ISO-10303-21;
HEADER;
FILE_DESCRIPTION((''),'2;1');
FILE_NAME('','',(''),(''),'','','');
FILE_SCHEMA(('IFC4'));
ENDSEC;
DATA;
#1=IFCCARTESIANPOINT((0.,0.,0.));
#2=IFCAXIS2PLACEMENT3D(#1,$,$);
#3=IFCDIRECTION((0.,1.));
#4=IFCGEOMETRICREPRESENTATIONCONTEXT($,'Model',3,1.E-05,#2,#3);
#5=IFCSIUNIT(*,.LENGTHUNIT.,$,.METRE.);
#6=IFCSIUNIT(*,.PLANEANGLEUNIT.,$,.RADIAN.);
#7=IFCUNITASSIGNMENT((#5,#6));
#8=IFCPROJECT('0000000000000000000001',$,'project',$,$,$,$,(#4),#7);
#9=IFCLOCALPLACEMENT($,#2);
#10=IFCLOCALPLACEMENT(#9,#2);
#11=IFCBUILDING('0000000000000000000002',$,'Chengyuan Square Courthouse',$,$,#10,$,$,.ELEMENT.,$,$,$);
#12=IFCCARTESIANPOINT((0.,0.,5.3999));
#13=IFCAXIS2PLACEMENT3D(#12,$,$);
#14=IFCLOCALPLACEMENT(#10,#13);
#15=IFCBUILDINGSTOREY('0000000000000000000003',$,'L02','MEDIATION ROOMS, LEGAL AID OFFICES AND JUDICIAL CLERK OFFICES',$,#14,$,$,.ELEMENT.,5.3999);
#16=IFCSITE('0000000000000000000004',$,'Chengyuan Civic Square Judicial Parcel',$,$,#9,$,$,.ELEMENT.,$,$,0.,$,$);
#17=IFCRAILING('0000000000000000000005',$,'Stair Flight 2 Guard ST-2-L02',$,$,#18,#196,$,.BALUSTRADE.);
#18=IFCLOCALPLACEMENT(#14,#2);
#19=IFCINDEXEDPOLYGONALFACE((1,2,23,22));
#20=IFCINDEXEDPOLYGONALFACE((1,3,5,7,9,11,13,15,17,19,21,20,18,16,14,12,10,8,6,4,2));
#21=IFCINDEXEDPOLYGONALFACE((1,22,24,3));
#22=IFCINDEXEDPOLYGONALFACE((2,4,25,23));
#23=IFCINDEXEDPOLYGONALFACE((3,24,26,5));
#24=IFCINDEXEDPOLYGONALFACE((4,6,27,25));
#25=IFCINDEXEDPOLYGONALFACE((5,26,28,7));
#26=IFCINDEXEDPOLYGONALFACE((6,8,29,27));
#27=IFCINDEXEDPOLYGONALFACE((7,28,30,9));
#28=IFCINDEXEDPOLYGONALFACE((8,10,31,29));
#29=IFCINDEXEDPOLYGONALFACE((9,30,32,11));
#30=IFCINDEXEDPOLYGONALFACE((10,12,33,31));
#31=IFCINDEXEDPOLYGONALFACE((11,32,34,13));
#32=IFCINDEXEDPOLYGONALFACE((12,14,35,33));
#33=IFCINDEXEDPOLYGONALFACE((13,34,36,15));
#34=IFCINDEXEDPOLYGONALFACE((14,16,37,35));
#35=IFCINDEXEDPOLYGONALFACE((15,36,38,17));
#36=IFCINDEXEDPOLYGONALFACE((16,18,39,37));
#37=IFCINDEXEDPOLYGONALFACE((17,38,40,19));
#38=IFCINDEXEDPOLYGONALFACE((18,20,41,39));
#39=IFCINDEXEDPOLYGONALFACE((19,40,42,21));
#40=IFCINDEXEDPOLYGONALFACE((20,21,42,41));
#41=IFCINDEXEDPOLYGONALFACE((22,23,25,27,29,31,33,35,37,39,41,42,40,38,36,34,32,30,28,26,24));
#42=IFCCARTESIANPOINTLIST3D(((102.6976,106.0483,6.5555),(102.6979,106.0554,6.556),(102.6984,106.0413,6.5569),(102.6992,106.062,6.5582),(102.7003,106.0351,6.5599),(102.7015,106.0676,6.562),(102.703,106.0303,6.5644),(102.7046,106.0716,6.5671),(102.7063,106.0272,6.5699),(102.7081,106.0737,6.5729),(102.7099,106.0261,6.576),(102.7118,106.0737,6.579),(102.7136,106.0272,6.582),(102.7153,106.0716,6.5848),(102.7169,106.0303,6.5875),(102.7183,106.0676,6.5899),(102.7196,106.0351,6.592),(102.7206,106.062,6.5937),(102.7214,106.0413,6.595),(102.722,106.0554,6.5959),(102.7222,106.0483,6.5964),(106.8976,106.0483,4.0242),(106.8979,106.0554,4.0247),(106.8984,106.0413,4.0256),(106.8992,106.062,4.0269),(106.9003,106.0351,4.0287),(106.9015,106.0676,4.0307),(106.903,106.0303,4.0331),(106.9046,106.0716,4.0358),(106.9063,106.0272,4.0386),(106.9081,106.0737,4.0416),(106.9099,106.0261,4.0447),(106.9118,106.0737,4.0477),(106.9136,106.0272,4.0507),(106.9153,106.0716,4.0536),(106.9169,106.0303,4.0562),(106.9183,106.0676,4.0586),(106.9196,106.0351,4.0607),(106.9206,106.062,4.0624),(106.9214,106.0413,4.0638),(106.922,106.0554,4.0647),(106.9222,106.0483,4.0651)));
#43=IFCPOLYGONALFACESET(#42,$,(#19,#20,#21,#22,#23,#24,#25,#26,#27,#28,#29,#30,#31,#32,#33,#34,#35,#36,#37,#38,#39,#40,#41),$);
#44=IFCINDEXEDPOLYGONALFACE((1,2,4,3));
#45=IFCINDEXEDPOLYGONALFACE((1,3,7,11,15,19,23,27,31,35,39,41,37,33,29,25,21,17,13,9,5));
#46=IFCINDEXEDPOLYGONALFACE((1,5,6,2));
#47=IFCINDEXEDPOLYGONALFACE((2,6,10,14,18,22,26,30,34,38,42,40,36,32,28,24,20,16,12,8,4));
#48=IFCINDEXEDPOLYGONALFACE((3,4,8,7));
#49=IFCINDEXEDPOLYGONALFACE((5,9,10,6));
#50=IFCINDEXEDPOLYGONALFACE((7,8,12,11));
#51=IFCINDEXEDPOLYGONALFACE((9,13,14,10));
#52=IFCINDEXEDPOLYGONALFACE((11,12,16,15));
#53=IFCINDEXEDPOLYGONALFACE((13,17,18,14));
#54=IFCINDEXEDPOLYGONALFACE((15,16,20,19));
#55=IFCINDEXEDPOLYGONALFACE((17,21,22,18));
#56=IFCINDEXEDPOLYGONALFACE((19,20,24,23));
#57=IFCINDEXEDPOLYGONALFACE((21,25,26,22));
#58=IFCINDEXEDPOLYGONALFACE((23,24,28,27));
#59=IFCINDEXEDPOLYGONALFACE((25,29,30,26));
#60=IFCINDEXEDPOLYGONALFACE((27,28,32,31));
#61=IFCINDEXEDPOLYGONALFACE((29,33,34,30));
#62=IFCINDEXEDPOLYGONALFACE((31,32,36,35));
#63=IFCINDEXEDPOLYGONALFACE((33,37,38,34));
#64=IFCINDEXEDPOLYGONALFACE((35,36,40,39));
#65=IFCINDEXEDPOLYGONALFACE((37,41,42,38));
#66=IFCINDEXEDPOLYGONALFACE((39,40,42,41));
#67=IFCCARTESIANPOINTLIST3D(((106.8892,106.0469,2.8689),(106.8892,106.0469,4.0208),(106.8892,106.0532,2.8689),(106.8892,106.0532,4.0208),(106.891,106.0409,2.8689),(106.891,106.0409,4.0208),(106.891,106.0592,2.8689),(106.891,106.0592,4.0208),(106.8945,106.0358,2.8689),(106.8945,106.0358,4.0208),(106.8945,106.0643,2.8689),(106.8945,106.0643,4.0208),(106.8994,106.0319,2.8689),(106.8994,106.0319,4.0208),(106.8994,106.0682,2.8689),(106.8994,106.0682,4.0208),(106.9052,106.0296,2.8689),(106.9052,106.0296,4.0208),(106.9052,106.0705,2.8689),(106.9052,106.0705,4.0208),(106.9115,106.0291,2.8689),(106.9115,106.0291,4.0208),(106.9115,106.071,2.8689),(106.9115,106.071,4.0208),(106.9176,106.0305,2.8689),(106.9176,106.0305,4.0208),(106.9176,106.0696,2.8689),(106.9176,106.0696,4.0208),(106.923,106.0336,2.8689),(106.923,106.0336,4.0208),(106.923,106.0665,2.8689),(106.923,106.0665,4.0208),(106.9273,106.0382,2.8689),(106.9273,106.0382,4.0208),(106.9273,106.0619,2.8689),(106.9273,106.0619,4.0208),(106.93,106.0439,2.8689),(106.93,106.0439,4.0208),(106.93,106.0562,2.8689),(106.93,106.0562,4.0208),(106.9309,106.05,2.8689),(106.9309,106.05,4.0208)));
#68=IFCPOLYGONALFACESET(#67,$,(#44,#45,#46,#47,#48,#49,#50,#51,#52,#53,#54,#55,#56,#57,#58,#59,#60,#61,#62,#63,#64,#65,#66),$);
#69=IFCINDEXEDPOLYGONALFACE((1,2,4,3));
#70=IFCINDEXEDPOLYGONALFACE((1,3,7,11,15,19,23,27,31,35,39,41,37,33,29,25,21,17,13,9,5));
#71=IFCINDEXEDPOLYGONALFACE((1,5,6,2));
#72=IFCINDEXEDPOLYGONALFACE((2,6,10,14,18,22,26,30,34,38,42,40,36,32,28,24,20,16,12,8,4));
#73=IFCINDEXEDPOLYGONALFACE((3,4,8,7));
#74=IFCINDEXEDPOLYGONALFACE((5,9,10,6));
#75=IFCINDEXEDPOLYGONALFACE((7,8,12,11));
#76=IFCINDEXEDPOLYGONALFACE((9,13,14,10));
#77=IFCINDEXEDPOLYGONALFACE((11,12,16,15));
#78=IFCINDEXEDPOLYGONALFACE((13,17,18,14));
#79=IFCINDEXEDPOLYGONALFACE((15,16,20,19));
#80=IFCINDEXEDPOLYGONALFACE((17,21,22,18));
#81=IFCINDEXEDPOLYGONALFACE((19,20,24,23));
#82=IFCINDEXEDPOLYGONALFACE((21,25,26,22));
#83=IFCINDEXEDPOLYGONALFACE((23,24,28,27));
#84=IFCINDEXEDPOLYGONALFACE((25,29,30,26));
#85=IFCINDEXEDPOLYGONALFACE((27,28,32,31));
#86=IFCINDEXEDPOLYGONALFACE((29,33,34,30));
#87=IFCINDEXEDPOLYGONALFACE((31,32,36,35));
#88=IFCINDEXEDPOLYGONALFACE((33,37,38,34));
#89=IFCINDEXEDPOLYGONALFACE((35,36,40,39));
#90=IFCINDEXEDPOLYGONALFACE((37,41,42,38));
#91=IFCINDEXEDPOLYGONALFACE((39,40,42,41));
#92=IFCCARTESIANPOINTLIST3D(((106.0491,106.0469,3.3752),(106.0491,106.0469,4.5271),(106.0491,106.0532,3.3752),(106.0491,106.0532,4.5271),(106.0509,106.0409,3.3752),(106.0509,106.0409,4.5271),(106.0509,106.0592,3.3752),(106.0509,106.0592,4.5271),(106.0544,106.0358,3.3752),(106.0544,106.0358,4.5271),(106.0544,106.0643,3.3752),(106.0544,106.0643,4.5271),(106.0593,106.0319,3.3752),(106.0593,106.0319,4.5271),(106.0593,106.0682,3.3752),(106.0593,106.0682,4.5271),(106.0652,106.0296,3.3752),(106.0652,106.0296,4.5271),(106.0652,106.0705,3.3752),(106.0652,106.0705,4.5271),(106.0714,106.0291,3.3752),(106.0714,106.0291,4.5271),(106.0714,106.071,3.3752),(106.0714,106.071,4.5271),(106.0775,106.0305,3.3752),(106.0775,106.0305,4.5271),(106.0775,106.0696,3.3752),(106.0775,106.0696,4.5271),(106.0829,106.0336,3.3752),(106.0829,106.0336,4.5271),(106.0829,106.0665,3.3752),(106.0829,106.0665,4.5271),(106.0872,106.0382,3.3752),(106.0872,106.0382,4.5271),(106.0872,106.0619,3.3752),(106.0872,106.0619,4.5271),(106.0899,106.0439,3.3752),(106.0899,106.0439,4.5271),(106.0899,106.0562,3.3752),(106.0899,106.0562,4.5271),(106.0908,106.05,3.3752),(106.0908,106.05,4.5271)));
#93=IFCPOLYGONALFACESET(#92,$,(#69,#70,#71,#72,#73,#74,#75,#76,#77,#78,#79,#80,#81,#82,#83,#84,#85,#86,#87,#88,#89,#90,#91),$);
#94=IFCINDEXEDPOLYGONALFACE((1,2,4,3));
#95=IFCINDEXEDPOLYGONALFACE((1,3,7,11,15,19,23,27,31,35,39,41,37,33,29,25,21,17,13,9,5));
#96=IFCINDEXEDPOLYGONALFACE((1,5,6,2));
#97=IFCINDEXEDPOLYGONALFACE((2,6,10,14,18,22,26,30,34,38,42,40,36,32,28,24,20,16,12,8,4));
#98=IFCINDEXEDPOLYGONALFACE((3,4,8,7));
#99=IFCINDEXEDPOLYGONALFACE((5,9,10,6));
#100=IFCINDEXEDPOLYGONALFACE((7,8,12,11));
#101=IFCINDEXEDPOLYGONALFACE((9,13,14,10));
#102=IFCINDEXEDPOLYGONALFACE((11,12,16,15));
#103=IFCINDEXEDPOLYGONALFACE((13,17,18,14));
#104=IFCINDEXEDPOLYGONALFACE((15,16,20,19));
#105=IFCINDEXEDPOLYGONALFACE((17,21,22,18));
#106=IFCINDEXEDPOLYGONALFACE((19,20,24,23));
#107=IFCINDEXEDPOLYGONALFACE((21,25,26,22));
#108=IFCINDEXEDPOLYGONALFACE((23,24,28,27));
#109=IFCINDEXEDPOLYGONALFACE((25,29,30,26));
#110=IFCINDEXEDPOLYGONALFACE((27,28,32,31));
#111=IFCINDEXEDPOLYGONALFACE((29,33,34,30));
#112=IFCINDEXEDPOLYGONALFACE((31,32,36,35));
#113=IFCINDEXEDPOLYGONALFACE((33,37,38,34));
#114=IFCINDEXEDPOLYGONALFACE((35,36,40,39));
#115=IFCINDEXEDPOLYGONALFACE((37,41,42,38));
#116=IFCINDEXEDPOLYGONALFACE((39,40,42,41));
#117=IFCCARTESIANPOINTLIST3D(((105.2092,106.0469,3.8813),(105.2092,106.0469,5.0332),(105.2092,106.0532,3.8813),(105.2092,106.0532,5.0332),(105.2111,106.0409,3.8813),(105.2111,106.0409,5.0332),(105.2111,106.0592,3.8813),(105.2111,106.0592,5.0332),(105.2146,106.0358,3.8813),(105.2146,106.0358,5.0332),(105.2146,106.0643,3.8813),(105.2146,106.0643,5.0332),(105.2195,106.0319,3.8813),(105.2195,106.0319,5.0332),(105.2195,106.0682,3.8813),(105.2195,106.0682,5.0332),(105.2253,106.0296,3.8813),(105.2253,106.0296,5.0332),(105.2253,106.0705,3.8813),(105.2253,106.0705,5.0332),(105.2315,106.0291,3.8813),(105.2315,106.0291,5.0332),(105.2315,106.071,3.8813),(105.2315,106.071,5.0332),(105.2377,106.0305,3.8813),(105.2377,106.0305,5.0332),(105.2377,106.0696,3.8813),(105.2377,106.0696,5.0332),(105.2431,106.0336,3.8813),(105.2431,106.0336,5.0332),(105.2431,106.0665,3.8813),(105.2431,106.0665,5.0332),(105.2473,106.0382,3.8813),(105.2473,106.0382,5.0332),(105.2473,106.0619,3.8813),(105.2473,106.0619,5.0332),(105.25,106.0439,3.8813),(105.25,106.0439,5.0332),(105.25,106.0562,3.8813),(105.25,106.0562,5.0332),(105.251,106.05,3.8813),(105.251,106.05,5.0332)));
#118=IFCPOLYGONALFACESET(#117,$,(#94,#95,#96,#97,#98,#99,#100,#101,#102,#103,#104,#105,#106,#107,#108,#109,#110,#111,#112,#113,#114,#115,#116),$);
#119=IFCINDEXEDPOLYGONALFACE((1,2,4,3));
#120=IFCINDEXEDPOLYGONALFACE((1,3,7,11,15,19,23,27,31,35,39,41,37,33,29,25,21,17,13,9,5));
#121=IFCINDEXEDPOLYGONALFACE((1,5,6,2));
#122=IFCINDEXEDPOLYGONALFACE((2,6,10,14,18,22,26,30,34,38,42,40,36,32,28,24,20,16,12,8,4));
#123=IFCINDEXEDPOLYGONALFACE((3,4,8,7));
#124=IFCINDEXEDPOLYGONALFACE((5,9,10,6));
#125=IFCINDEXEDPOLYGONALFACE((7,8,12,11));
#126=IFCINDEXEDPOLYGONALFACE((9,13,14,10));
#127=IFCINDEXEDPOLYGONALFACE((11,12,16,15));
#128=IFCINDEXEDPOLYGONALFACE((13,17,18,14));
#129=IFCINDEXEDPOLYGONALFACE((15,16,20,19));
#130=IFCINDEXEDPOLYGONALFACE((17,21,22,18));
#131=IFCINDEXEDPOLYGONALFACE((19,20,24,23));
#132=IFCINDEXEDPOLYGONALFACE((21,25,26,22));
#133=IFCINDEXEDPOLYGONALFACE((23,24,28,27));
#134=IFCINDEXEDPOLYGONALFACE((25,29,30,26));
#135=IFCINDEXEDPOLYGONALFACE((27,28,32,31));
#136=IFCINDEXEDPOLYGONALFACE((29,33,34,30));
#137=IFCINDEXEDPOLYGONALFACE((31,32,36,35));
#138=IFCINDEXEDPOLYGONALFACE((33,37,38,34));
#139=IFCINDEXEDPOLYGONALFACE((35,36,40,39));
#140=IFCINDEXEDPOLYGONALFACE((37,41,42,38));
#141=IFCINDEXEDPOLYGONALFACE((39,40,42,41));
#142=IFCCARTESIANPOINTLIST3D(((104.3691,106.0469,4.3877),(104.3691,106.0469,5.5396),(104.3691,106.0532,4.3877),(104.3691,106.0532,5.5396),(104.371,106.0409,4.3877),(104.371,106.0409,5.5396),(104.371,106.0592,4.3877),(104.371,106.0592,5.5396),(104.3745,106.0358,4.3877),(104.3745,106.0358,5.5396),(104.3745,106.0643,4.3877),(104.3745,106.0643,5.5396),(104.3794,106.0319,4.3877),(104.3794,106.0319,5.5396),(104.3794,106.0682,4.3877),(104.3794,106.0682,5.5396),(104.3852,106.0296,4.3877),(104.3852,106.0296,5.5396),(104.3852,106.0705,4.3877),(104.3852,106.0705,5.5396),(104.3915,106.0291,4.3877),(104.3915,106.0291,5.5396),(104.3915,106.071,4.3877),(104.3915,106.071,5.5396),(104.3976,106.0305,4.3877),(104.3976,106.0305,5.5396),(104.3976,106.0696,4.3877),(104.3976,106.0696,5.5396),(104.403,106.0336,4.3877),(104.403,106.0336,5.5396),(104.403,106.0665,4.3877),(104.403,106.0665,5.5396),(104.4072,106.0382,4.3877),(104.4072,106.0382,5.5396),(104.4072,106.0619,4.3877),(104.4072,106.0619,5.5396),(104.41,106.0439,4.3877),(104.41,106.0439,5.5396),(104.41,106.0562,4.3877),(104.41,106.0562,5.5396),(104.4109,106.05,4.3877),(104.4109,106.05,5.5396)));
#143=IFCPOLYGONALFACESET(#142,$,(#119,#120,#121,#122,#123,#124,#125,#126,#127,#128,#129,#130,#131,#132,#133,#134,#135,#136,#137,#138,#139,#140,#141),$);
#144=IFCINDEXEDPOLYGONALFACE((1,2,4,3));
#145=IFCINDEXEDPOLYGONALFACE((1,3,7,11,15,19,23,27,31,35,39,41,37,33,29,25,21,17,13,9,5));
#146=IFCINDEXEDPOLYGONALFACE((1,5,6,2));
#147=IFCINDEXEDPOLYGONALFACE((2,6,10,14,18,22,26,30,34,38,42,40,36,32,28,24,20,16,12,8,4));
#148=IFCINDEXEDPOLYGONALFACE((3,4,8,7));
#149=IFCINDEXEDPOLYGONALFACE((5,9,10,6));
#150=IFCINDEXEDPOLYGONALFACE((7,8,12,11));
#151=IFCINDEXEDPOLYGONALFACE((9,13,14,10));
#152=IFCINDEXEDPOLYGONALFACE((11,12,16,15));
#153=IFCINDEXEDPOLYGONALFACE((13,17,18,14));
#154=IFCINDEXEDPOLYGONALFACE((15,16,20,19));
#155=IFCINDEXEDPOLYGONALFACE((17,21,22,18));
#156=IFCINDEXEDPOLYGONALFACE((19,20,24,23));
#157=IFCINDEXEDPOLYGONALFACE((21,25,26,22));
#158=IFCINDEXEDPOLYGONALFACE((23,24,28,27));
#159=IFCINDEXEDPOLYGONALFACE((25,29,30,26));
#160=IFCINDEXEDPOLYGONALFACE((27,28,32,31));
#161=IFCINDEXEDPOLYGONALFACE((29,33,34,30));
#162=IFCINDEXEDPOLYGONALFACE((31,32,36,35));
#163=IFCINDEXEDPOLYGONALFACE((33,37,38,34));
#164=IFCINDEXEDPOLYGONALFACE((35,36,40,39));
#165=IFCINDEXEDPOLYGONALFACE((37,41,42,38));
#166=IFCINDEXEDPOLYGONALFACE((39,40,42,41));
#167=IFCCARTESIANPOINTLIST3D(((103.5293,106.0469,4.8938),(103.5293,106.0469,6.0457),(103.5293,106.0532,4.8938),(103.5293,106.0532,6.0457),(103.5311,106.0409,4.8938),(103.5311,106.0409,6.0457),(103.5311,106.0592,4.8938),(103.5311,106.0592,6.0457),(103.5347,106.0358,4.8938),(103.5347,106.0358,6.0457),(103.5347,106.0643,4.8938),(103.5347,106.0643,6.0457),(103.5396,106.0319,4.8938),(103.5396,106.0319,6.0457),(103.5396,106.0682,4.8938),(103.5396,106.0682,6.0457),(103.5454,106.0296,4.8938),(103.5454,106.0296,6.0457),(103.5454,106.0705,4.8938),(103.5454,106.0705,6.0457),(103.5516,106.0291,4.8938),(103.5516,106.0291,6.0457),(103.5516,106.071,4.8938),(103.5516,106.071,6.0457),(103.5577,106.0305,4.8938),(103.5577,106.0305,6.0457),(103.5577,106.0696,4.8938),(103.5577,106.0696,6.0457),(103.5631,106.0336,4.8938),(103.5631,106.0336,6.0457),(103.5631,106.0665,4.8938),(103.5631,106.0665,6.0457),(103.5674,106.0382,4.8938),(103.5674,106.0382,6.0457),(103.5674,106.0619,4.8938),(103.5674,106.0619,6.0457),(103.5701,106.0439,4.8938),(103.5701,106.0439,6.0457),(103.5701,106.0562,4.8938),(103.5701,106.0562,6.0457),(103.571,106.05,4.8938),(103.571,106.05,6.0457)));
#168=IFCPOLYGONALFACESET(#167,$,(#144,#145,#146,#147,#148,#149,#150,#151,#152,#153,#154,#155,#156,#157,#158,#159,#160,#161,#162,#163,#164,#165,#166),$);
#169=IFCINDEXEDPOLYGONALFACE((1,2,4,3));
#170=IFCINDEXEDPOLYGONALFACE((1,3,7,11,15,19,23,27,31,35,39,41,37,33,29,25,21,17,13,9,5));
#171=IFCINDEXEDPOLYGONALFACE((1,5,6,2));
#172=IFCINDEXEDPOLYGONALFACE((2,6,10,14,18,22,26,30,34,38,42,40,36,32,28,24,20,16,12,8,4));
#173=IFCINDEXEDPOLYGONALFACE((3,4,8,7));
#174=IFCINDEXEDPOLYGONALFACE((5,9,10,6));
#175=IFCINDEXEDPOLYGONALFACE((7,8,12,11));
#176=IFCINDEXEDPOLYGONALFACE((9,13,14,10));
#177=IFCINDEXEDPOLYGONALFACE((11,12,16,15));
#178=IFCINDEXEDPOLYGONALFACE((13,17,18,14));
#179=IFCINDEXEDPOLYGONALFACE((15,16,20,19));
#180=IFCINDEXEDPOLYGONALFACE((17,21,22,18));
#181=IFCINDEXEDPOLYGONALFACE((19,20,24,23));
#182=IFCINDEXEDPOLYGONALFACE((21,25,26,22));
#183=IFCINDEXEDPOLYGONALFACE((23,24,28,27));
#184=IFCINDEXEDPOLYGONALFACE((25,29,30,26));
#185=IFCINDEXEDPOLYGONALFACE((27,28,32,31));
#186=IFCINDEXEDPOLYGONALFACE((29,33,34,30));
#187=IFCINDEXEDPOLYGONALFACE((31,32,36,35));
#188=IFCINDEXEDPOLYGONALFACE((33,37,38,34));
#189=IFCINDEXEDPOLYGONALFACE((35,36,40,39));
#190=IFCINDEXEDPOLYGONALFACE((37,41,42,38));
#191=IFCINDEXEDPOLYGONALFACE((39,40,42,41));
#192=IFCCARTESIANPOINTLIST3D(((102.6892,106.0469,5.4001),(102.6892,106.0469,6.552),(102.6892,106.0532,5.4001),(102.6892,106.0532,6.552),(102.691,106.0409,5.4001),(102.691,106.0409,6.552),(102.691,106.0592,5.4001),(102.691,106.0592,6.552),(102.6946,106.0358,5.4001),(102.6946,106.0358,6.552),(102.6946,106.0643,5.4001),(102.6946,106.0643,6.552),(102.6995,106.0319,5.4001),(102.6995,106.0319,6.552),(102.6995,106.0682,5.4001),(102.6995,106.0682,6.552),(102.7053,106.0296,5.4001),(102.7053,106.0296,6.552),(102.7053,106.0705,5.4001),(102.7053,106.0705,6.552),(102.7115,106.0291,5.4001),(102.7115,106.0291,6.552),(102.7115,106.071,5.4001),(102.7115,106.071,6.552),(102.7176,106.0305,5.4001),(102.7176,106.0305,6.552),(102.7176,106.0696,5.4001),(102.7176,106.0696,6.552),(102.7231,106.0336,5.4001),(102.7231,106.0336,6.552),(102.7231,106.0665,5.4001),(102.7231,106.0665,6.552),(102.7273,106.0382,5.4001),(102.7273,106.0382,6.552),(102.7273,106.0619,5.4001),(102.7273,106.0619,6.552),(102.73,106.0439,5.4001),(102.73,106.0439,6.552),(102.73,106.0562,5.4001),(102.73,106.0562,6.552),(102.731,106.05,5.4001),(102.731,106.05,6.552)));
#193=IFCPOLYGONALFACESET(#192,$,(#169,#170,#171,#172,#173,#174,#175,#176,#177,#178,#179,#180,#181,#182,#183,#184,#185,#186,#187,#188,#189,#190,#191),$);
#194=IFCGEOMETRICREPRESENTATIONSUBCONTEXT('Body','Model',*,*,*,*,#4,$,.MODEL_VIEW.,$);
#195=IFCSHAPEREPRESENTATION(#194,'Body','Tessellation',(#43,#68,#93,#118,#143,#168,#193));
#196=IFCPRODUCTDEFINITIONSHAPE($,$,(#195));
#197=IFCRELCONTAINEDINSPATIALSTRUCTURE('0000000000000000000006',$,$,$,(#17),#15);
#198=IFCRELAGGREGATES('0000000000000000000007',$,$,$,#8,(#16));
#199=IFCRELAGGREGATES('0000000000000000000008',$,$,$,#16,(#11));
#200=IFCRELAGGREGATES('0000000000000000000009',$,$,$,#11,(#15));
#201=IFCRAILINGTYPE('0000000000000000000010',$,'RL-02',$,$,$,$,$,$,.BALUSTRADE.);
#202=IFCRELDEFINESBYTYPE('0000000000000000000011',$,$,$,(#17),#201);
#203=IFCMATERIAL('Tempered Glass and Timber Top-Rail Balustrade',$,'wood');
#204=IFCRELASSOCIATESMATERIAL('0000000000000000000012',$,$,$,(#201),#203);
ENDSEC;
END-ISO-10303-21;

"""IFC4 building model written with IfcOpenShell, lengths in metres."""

from ifc_helpers import new_model, si_unit, direction, frame, origin, origin_2d, place, context, subcontext, project, spatial, circle, extrude, material, type_object, element, save


model = new_model("IFC4")

# Units and contexts
model_context = context("Model", 3, precision=1e-05, world=origin(), true_north=direction((0.0, 1.0)))
body_context = subcontext(model_context, "Body", "Model", "MODEL_VIEW")
ifc_project = project(units=[si_unit("LENGTHUNIT", "METRE"), si_unit("PLANEANGLEUNIT", "RADIAN")], contexts=[model_context])

# Site, building, storey
site_placement = place(None, origin())
site = spatial("IfcSite", under=ifc_project, at=site_placement, Name="Chengyuan Civic Square Judicial Parcel", CompositionType="ELEMENT", RefElevation=0.0)
building_placement = place(site_placement, origin())
building = spatial("IfcBuilding", under=site, at=building_placement, Name="Chengyuan Square Courthouse", CompositionType="ELEMENT")
storey_placement = place(building_placement, frame((0.0, 0.0, 5.3999)))
storey = spatial("IfcBuildingStorey", under=building, at=storey_placement, Name="L02", Description="MEDIATION ROOMS, LEGAL AID OFFICES AND JUDICIAL CLERK OFFICES", CompositionType="ELEMENT", Elevation=5.3999)

# Railing
ifc_material_1 = material(Name="Tempered Glass and Timber Top-Rail Balustrade", Category="wood")
railing_type_1 = type_object("IfcRailingType", Name="RL-02", PredefinedType="BALUSTRADE", material=ifc_material_1)
railing_1_placement = place(storey_placement, frame((106.9099, 106.05, 2.8689)))
element("IfcRailing", 1, at=railing_1_placement, inside=storey, type_object=railing_type_1, Name="Stair Flight 2 Guard ST-2-L02", PredefinedType="BALUSTRADE", context=body_context, shape_type="SweptSolid", body=[
    extrude(circle(Radius=0.0239, at=origin_2d()), frame((0.0, 0.0, 1.1758), z_axis=(-0.856476, 0.0, 0.516186), x_axis=(0.0, -1.0, 0.0)), (0.0, 0.0, 1.0), 4.9038),
    extrude(circle(Radius=0.021, at=origin_2d()), origin(), (0.0, 0.0, 1.0), 1.1519),
    extrude(circle(Radius=0.021, at=origin_2d()), frame((-0.8401, 0.0, 0.5063)), (0.0, 0.0, 1.0), 1.1519),
    extrude(circle(Radius=0.021, at=origin_2d()), frame((-1.6799, 0.0, 1.0125)), (0.0, 0.0, 1.0), 1.1519),
    extrude(circle(Radius=0.021, at=origin_2d()), frame((-2.52, 0.0, 1.5188)), (0.0, 0.0, 1.0), 1.1519),
    extrude(circle(Radius=0.021, at=origin_2d()), frame((-3.3599, 0.0, 2.0249)), (0.0, 0.0, 1.0), 1.1519),
    extrude(circle(Radius=0.021, at=origin_2d()), frame((-4.2, 0.0, 2.5312)), (0.0, 0.0, 1.0), 1.1519),
])

save(model, "model.ifc")
